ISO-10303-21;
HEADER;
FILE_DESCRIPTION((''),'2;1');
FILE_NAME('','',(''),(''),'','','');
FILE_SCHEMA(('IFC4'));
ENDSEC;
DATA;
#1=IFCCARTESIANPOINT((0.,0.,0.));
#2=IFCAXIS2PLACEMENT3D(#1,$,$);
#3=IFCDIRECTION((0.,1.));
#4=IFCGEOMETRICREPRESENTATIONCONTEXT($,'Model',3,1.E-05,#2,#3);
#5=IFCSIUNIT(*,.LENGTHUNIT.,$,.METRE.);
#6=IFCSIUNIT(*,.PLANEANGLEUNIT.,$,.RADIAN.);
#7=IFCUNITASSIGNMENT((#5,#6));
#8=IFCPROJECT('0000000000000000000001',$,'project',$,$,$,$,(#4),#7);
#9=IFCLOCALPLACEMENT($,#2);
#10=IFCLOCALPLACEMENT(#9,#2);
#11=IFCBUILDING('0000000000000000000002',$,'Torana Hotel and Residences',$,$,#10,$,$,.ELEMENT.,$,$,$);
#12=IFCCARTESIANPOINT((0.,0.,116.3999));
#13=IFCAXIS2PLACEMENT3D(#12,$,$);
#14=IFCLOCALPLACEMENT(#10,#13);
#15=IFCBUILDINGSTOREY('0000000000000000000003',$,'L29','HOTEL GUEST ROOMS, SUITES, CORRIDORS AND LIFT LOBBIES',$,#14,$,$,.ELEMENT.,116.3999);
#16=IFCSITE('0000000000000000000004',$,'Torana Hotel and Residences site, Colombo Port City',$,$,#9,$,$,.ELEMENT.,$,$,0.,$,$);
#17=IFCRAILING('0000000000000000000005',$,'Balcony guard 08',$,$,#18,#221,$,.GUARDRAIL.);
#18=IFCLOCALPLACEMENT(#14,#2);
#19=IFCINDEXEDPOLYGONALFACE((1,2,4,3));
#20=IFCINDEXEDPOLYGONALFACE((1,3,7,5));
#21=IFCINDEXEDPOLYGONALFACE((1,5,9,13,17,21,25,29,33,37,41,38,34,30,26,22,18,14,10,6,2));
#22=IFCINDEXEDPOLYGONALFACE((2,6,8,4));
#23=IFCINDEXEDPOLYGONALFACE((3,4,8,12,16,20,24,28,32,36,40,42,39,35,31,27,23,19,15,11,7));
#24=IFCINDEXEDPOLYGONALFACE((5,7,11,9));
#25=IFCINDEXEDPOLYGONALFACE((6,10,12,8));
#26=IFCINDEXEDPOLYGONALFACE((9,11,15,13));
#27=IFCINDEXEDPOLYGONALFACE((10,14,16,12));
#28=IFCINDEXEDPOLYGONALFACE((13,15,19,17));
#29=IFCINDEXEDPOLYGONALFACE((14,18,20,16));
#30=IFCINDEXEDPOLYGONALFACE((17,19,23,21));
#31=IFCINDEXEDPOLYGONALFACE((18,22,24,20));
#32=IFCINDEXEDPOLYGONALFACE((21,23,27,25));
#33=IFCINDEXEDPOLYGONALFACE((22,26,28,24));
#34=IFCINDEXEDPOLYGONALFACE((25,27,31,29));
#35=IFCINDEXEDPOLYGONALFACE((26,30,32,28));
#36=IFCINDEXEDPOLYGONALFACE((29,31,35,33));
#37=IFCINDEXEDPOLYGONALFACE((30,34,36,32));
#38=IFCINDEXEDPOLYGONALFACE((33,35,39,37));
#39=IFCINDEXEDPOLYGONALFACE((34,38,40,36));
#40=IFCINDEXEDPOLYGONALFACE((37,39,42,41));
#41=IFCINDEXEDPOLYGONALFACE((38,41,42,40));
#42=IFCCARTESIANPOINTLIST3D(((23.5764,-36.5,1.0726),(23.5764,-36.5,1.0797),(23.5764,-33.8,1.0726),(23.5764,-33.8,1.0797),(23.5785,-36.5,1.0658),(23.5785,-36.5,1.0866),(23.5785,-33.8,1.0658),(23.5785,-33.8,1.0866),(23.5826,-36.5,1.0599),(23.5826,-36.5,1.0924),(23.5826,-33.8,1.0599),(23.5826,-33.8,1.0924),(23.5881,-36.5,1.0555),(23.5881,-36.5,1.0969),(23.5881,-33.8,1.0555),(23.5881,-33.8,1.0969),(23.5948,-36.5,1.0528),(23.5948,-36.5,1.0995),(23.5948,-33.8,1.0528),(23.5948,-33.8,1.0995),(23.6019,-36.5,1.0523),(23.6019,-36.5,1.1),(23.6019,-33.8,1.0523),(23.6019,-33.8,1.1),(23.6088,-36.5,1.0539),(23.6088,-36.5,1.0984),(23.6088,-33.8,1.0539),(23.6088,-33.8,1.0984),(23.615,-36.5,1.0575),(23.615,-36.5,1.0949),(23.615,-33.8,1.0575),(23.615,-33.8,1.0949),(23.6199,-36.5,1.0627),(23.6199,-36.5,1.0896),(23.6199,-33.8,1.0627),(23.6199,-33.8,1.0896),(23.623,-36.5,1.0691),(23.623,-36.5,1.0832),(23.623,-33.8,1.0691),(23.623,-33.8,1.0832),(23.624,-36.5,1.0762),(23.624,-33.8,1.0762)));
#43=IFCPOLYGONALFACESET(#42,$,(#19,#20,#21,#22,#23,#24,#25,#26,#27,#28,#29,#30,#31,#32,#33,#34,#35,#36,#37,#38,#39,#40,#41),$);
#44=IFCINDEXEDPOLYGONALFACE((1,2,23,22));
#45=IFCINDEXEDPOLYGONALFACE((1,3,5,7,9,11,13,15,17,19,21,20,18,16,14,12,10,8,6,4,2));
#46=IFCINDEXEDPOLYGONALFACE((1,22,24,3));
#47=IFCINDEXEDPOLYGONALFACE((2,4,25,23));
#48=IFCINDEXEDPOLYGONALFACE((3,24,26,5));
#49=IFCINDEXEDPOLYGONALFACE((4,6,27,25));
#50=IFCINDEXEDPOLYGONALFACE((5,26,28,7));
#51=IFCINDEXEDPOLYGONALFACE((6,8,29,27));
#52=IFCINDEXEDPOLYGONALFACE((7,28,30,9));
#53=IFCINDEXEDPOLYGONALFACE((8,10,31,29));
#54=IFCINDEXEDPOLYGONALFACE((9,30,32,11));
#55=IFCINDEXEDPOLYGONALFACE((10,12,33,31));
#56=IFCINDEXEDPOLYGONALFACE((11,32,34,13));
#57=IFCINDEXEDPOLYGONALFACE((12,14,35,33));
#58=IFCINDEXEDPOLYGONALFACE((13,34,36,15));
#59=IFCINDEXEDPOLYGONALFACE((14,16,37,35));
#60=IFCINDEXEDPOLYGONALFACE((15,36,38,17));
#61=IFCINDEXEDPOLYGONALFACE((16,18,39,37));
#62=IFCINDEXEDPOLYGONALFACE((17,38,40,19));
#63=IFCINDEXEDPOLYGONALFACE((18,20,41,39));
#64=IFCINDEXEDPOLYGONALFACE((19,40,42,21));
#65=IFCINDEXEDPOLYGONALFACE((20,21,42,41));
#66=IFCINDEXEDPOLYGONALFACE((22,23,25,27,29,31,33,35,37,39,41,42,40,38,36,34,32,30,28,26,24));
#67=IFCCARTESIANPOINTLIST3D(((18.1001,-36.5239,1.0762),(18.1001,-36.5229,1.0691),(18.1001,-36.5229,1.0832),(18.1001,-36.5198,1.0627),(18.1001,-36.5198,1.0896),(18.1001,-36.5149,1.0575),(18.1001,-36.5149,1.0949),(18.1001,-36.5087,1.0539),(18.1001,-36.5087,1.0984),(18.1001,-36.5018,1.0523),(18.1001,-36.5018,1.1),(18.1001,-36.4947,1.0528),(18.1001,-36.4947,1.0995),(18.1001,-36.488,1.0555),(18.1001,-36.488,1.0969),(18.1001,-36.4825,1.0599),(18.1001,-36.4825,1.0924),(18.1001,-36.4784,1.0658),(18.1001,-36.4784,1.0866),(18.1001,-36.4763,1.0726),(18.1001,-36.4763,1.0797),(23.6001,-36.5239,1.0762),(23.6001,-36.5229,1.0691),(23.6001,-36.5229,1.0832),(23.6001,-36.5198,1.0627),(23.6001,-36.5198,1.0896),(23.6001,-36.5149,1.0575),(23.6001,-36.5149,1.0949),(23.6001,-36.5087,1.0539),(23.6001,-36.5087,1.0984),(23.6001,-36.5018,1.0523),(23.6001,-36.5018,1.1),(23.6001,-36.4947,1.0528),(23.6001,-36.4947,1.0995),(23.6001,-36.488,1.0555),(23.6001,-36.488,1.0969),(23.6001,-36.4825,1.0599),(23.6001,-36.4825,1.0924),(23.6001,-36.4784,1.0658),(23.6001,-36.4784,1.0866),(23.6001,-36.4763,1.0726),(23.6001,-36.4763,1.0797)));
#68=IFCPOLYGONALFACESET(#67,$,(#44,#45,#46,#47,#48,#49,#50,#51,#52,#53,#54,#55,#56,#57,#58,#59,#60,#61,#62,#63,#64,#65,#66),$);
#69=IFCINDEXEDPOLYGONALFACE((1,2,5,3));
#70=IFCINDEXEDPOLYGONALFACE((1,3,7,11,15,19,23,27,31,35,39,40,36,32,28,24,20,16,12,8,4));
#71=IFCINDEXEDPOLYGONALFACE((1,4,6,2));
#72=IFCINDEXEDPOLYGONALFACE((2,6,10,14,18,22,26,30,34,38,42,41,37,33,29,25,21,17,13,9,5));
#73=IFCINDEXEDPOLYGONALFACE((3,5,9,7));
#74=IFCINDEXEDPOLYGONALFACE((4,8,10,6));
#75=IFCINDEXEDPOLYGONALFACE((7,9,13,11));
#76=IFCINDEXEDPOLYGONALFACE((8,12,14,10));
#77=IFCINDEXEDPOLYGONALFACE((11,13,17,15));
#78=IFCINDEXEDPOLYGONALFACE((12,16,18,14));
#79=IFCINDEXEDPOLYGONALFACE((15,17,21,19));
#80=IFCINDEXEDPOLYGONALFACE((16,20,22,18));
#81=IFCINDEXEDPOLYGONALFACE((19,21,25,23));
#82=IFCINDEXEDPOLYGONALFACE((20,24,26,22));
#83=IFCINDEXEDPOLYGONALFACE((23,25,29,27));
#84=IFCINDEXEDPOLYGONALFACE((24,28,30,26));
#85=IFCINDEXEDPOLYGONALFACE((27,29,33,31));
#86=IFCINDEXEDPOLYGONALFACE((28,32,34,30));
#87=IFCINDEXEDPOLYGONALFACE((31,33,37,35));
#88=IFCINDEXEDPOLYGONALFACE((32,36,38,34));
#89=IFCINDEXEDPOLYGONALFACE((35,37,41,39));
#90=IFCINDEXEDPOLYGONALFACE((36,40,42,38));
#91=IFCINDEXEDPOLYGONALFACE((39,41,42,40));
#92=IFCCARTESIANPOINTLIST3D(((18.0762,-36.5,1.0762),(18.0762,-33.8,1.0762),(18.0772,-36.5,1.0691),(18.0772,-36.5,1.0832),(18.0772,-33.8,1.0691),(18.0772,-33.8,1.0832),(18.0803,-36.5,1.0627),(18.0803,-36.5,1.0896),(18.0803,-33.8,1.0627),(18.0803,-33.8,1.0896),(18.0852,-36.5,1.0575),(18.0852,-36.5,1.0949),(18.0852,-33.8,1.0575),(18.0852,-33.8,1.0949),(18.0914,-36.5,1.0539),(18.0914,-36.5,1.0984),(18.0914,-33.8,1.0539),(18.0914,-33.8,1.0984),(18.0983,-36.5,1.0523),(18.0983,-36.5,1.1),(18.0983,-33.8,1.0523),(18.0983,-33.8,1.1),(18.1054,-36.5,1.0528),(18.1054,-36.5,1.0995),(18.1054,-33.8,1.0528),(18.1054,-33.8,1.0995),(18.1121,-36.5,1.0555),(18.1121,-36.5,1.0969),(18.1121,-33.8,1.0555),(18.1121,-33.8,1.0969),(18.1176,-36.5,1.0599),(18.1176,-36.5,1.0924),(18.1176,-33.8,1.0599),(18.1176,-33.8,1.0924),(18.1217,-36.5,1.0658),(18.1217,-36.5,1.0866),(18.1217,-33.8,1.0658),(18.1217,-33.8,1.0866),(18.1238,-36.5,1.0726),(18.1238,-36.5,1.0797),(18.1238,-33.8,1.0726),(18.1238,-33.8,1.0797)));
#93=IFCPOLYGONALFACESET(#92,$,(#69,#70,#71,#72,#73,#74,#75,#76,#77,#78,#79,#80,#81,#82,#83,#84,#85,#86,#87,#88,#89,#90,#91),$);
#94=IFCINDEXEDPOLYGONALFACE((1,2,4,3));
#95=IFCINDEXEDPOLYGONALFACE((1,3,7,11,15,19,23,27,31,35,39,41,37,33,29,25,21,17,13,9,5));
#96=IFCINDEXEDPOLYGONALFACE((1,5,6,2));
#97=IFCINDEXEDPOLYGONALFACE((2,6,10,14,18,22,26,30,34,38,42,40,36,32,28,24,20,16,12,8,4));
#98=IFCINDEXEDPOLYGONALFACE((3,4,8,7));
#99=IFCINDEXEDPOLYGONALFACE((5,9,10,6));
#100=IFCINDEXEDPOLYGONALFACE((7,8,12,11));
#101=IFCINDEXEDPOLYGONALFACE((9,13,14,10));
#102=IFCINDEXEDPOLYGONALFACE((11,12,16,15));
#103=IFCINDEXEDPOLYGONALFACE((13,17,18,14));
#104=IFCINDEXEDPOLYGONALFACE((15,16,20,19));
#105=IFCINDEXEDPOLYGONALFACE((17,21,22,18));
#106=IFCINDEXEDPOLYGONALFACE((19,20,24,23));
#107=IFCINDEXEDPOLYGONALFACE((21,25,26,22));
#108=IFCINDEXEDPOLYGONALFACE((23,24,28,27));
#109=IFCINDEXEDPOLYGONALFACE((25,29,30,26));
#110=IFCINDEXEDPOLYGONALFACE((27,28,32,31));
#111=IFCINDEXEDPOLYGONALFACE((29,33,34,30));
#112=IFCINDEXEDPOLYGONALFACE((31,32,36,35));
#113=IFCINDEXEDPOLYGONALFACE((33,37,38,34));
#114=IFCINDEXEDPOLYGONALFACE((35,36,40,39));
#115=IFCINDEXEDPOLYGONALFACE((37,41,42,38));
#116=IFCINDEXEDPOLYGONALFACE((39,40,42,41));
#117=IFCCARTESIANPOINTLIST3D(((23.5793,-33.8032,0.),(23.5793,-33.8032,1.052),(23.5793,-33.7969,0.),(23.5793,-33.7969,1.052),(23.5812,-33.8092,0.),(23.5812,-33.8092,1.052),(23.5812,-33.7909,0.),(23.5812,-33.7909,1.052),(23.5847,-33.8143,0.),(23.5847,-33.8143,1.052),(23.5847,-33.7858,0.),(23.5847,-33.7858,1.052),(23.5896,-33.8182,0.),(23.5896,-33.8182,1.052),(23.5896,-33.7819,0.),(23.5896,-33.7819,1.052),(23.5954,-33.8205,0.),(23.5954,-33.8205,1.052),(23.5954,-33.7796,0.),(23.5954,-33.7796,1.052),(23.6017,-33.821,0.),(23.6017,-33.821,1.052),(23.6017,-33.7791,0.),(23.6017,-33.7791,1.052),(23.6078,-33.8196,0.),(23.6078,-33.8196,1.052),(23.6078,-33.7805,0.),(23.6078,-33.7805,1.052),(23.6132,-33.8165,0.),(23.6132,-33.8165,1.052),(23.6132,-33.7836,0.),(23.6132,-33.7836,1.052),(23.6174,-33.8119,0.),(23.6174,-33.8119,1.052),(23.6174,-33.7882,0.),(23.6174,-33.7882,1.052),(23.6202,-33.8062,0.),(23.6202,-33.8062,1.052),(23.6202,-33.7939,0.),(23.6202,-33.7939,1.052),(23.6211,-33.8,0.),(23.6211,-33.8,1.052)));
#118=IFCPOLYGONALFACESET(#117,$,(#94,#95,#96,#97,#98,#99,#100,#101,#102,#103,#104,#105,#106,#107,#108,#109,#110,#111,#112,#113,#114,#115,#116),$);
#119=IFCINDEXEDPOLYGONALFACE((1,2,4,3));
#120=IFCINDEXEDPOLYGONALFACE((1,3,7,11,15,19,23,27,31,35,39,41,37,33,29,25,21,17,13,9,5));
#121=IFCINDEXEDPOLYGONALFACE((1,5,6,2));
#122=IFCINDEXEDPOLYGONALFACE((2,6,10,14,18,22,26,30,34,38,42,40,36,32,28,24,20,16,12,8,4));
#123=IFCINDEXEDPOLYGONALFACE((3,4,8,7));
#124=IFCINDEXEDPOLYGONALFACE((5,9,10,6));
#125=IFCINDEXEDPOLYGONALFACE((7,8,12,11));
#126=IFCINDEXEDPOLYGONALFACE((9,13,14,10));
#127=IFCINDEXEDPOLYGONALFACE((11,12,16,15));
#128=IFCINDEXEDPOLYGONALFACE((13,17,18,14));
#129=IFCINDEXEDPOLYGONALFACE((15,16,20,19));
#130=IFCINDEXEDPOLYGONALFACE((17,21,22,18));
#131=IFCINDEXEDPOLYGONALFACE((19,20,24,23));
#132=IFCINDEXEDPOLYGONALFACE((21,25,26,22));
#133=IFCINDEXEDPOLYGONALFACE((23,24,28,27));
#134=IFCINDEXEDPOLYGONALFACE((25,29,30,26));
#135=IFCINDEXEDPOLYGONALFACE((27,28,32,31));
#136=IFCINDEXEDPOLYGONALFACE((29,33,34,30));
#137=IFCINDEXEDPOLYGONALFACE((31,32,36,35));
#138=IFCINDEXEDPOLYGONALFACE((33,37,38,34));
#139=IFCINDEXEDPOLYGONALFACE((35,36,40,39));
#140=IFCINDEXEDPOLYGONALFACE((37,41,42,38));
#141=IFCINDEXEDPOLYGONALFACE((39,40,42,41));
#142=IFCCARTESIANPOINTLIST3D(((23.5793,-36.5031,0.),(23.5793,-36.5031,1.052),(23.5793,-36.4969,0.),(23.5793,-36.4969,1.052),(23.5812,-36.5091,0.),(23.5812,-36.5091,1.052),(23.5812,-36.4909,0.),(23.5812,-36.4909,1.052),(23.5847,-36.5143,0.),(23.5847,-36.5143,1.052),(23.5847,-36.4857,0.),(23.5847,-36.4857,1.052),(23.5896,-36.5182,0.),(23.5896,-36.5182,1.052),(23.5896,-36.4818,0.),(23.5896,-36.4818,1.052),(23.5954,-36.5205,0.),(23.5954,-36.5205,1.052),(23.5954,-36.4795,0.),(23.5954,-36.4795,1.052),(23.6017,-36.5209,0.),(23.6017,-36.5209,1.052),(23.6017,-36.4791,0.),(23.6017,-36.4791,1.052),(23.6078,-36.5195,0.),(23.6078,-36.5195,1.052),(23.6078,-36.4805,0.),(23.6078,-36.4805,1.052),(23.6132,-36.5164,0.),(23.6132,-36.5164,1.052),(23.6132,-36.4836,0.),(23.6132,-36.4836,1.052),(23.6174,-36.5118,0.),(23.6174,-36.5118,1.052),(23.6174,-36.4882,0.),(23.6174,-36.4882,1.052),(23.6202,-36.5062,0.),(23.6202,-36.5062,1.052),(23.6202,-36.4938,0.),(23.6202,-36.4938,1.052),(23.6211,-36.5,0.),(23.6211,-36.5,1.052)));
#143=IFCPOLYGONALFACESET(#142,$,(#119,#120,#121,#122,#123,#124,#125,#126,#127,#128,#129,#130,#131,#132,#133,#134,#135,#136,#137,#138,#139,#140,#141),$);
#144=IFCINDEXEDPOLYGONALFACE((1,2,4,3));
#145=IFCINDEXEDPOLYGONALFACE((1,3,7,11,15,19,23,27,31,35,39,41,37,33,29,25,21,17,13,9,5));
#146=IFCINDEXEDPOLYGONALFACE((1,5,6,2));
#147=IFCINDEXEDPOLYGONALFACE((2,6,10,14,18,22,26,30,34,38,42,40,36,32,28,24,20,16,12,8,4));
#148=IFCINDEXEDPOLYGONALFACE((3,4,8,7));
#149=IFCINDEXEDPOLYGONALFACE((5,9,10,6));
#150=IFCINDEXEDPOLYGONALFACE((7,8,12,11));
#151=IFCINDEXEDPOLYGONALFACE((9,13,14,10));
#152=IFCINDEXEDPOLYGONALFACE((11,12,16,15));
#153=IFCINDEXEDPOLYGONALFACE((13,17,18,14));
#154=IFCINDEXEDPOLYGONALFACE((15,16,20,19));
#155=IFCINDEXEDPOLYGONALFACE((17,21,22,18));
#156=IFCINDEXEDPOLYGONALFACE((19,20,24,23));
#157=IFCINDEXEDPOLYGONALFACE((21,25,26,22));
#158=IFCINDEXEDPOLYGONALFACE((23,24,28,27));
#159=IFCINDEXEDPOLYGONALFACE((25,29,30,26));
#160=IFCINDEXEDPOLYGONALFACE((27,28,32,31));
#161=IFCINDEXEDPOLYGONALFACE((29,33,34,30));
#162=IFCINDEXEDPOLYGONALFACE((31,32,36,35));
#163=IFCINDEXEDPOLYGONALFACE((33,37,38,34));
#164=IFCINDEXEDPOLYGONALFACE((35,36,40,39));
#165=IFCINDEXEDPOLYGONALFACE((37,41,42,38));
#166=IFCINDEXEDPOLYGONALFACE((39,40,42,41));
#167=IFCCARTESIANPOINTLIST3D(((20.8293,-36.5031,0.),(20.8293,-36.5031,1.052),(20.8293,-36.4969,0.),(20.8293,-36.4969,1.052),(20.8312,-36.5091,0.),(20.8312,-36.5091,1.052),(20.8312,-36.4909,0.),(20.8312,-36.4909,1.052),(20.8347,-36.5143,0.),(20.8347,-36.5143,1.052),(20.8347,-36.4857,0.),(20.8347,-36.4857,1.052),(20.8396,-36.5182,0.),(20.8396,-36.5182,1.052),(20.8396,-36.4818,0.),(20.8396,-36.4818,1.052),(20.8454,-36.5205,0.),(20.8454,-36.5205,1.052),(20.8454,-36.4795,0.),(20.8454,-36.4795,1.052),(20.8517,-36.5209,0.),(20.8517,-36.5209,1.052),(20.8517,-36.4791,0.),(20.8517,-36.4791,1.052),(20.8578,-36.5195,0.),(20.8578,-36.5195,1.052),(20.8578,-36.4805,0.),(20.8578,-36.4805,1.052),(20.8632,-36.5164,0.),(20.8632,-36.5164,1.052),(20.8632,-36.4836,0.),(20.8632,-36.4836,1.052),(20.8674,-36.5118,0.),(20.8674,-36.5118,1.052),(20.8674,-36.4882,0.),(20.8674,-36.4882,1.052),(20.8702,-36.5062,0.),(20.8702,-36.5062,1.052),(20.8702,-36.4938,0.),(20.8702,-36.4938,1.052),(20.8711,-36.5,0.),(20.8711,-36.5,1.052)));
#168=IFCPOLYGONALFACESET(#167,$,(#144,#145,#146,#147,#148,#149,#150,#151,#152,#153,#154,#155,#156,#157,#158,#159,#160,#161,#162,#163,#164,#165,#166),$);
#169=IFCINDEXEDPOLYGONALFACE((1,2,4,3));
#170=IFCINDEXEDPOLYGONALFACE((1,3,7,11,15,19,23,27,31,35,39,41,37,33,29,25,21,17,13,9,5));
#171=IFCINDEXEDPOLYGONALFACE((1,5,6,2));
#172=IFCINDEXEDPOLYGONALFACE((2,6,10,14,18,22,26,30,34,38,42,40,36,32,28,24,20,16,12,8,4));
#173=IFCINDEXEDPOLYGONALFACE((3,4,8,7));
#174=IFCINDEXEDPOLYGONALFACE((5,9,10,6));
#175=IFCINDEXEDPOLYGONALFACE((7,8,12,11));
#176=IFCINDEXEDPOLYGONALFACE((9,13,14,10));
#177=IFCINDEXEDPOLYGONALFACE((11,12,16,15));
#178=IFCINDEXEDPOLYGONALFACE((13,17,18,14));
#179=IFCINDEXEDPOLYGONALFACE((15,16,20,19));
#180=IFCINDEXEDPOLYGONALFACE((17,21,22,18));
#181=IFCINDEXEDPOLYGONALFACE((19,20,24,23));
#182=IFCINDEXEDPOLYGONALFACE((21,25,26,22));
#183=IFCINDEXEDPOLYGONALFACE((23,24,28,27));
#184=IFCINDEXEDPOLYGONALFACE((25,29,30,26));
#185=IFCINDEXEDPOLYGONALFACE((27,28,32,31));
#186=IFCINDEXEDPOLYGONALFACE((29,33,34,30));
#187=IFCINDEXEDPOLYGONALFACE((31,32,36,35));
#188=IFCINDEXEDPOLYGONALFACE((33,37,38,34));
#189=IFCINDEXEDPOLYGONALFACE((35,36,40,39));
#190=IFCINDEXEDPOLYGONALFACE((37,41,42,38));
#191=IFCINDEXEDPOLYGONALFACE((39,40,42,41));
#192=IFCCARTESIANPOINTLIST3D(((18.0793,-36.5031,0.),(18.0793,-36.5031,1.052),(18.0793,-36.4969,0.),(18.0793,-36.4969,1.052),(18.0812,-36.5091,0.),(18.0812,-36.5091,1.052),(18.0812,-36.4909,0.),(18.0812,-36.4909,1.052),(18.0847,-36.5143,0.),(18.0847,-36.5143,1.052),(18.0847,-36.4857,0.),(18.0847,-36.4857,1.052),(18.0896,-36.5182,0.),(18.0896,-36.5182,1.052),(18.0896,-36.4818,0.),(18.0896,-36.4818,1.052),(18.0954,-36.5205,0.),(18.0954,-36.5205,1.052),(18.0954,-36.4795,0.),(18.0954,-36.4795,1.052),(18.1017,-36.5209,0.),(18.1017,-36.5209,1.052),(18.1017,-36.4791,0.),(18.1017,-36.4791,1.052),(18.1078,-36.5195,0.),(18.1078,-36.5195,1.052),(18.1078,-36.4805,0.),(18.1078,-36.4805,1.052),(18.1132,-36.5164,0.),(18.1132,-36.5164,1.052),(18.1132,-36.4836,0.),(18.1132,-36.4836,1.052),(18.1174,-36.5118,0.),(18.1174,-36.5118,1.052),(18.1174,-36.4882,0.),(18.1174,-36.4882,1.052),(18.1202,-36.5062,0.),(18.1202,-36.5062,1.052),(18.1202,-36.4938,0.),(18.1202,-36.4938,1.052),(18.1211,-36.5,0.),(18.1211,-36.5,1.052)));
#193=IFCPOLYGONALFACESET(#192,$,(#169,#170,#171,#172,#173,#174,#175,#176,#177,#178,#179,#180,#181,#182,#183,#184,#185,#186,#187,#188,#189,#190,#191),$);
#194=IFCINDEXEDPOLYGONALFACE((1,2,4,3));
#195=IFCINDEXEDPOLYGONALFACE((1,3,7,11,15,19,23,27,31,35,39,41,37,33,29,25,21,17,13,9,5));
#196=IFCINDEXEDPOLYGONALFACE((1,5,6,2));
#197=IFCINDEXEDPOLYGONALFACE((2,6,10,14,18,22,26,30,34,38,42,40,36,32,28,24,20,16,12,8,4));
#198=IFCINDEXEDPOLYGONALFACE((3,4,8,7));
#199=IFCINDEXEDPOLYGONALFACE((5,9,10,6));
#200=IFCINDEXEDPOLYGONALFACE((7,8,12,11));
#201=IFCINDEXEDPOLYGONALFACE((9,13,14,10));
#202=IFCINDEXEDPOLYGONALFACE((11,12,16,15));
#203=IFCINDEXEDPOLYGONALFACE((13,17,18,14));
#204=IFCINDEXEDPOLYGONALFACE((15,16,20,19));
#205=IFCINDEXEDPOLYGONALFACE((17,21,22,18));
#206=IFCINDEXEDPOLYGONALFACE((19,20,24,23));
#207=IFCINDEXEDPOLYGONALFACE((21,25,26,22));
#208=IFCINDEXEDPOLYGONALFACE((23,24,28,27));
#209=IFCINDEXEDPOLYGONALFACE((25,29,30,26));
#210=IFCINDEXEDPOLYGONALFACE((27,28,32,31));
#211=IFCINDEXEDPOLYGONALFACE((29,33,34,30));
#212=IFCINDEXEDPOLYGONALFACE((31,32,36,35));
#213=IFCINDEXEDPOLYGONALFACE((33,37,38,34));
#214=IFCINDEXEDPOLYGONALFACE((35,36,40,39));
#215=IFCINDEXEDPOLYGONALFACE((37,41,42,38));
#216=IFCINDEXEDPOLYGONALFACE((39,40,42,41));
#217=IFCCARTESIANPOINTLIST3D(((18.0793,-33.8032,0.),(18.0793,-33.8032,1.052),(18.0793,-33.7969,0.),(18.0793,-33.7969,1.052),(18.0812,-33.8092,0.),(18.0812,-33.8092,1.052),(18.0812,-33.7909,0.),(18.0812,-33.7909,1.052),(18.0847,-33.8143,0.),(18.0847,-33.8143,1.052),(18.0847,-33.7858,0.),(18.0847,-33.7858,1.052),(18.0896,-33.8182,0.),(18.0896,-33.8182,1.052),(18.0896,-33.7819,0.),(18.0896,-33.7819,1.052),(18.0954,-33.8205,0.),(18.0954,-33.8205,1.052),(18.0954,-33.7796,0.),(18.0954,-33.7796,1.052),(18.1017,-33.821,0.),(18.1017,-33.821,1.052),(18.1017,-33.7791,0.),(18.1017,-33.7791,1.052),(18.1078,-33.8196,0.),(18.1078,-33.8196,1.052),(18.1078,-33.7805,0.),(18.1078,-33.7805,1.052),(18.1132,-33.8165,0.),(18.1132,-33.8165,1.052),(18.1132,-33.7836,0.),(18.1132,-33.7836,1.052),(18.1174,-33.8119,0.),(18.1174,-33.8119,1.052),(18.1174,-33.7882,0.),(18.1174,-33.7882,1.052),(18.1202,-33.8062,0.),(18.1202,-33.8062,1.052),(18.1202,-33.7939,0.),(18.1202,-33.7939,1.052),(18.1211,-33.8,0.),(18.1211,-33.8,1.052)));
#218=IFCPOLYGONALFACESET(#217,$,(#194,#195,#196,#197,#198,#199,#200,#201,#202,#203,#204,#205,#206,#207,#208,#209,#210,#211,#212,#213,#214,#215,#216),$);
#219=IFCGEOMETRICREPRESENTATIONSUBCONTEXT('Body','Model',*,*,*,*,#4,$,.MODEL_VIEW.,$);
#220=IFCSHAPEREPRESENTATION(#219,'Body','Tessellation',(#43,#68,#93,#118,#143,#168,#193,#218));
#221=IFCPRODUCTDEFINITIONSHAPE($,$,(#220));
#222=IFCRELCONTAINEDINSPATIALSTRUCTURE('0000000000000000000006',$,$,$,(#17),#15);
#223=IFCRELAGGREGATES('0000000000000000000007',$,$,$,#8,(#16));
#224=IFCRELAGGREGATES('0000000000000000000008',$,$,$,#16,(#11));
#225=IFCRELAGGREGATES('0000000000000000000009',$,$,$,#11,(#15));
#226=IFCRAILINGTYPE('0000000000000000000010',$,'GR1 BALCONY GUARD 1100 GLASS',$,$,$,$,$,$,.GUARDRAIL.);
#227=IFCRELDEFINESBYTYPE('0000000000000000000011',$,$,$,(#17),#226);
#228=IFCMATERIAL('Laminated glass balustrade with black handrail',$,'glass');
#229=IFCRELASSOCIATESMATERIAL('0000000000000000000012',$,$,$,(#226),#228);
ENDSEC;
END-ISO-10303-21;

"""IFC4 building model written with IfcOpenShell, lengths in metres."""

from ifc_helpers import new_model, si_unit, direction, frame, origin, origin_2d, place, context, subcontext, project, spatial, circle, extrude, material, type_object, element, save


model = new_model("IFC4")

# Units and contexts
model_context = context("Model", 3, precision=1e-05, world=origin(), true_north=direction((0.0, 1.0)))
body_context = subcontext(model_context, "Body", "Model", "MODEL_VIEW")
ifc_project = project(units=[si_unit("LENGTHUNIT", "METRE"), si_unit("PLANEANGLEUNIT", "RADIAN")], contexts=[model_context])

# Site, building, storey
site_placement = place(None, origin())
site = spatial("IfcSite", under=ifc_project, at=site_placement, Name="Torana Hotel and Residences site, Colombo Port City", CompositionType="ELEMENT", RefElevation=0.0)
building_placement = place(site_placement, origin())
building = spatial("IfcBuilding", under=site, at=building_placement, Name="Torana Hotel and Residences", CompositionType="ELEMENT")
storey_placement = place(building_placement, frame((0.0, 0.0, 116.3999)))
storey = spatial("IfcBuildingStorey", under=building, at=storey_placement, Name="L29", Description="HOTEL GUEST ROOMS, SUITES, CORRIDORS AND LIFT LOBBIES", CompositionType="ELEMENT", Elevation=116.3999)

# Railing
ifc_material_1 = material(Name="Laminated glass balustrade with black handrail", Category="glass")
railing_type = type_object("IfcRailingType", Name="GR1 BALCONY GUARD 1100 GLASS", PredefinedType="GUARDRAIL", material=ifc_material_1)
railing_1_placement = place(storey_placement, frame((23.6001, -33.8, 0.0)))
element("IfcRailing", 1, at=railing_1_placement, inside=storey, type_object=railing_type, Name="Balcony guard 08", PredefinedType="GUARDRAIL", context=body_context, shape_type="SweptSolid", body=[
    extrude(circle(Radius=0.0239, at=origin_2d()), frame((0.0, 0.0, 1.0762), z_axis=(0.0, -1.0, 0.0), x_axis=(1.0, 0.0, 0.0)), (0.0, 0.0, 1.0), 2.7),
    extrude(circle(Radius=0.0239, at=origin_2d()), frame((0.0, -2.7, 1.0762), z_axis=(-1.0, 0.0, 0.0), x_axis=(0.0, -1.0, 0.0)), (0.0, 0.0, 1.0), 5.5),
    extrude(circle(Radius=0.0239, at=origin_2d()), frame((-5.5, -2.7, 1.0762), z_axis=(0.0, 1.0, 0.0), x_axis=(-1.0, 0.0, 0.0)), (0.0, 0.0, 1.0), 2.7),
    extrude(circle(Radius=0.021, at=origin_2d()), origin(), (0.0, 0.0, 1.0), 1.052),
    extrude(circle(Radius=0.021, at=origin_2d()), frame((0.0, -2.7, 0.0)), (0.0, 0.0, 1.0), 1.052),
    extrude(circle(Radius=0.021, at=origin_2d()), frame((-2.75, -2.7, 0.0)), (0.0, 0.0, 1.0), 1.052),
    extrude(circle(Radius=0.021, at=origin_2d()), frame((-5.5, -2.7, 0.0)), (0.0, 0.0, 1.0), 1.052),
    extrude(circle(Radius=0.021, at=origin_2d()), frame((-5.5, 0.0, 0.0)), (0.0, 0.0, 1.0), 1.052),
])

save(model, "model.ifc")
